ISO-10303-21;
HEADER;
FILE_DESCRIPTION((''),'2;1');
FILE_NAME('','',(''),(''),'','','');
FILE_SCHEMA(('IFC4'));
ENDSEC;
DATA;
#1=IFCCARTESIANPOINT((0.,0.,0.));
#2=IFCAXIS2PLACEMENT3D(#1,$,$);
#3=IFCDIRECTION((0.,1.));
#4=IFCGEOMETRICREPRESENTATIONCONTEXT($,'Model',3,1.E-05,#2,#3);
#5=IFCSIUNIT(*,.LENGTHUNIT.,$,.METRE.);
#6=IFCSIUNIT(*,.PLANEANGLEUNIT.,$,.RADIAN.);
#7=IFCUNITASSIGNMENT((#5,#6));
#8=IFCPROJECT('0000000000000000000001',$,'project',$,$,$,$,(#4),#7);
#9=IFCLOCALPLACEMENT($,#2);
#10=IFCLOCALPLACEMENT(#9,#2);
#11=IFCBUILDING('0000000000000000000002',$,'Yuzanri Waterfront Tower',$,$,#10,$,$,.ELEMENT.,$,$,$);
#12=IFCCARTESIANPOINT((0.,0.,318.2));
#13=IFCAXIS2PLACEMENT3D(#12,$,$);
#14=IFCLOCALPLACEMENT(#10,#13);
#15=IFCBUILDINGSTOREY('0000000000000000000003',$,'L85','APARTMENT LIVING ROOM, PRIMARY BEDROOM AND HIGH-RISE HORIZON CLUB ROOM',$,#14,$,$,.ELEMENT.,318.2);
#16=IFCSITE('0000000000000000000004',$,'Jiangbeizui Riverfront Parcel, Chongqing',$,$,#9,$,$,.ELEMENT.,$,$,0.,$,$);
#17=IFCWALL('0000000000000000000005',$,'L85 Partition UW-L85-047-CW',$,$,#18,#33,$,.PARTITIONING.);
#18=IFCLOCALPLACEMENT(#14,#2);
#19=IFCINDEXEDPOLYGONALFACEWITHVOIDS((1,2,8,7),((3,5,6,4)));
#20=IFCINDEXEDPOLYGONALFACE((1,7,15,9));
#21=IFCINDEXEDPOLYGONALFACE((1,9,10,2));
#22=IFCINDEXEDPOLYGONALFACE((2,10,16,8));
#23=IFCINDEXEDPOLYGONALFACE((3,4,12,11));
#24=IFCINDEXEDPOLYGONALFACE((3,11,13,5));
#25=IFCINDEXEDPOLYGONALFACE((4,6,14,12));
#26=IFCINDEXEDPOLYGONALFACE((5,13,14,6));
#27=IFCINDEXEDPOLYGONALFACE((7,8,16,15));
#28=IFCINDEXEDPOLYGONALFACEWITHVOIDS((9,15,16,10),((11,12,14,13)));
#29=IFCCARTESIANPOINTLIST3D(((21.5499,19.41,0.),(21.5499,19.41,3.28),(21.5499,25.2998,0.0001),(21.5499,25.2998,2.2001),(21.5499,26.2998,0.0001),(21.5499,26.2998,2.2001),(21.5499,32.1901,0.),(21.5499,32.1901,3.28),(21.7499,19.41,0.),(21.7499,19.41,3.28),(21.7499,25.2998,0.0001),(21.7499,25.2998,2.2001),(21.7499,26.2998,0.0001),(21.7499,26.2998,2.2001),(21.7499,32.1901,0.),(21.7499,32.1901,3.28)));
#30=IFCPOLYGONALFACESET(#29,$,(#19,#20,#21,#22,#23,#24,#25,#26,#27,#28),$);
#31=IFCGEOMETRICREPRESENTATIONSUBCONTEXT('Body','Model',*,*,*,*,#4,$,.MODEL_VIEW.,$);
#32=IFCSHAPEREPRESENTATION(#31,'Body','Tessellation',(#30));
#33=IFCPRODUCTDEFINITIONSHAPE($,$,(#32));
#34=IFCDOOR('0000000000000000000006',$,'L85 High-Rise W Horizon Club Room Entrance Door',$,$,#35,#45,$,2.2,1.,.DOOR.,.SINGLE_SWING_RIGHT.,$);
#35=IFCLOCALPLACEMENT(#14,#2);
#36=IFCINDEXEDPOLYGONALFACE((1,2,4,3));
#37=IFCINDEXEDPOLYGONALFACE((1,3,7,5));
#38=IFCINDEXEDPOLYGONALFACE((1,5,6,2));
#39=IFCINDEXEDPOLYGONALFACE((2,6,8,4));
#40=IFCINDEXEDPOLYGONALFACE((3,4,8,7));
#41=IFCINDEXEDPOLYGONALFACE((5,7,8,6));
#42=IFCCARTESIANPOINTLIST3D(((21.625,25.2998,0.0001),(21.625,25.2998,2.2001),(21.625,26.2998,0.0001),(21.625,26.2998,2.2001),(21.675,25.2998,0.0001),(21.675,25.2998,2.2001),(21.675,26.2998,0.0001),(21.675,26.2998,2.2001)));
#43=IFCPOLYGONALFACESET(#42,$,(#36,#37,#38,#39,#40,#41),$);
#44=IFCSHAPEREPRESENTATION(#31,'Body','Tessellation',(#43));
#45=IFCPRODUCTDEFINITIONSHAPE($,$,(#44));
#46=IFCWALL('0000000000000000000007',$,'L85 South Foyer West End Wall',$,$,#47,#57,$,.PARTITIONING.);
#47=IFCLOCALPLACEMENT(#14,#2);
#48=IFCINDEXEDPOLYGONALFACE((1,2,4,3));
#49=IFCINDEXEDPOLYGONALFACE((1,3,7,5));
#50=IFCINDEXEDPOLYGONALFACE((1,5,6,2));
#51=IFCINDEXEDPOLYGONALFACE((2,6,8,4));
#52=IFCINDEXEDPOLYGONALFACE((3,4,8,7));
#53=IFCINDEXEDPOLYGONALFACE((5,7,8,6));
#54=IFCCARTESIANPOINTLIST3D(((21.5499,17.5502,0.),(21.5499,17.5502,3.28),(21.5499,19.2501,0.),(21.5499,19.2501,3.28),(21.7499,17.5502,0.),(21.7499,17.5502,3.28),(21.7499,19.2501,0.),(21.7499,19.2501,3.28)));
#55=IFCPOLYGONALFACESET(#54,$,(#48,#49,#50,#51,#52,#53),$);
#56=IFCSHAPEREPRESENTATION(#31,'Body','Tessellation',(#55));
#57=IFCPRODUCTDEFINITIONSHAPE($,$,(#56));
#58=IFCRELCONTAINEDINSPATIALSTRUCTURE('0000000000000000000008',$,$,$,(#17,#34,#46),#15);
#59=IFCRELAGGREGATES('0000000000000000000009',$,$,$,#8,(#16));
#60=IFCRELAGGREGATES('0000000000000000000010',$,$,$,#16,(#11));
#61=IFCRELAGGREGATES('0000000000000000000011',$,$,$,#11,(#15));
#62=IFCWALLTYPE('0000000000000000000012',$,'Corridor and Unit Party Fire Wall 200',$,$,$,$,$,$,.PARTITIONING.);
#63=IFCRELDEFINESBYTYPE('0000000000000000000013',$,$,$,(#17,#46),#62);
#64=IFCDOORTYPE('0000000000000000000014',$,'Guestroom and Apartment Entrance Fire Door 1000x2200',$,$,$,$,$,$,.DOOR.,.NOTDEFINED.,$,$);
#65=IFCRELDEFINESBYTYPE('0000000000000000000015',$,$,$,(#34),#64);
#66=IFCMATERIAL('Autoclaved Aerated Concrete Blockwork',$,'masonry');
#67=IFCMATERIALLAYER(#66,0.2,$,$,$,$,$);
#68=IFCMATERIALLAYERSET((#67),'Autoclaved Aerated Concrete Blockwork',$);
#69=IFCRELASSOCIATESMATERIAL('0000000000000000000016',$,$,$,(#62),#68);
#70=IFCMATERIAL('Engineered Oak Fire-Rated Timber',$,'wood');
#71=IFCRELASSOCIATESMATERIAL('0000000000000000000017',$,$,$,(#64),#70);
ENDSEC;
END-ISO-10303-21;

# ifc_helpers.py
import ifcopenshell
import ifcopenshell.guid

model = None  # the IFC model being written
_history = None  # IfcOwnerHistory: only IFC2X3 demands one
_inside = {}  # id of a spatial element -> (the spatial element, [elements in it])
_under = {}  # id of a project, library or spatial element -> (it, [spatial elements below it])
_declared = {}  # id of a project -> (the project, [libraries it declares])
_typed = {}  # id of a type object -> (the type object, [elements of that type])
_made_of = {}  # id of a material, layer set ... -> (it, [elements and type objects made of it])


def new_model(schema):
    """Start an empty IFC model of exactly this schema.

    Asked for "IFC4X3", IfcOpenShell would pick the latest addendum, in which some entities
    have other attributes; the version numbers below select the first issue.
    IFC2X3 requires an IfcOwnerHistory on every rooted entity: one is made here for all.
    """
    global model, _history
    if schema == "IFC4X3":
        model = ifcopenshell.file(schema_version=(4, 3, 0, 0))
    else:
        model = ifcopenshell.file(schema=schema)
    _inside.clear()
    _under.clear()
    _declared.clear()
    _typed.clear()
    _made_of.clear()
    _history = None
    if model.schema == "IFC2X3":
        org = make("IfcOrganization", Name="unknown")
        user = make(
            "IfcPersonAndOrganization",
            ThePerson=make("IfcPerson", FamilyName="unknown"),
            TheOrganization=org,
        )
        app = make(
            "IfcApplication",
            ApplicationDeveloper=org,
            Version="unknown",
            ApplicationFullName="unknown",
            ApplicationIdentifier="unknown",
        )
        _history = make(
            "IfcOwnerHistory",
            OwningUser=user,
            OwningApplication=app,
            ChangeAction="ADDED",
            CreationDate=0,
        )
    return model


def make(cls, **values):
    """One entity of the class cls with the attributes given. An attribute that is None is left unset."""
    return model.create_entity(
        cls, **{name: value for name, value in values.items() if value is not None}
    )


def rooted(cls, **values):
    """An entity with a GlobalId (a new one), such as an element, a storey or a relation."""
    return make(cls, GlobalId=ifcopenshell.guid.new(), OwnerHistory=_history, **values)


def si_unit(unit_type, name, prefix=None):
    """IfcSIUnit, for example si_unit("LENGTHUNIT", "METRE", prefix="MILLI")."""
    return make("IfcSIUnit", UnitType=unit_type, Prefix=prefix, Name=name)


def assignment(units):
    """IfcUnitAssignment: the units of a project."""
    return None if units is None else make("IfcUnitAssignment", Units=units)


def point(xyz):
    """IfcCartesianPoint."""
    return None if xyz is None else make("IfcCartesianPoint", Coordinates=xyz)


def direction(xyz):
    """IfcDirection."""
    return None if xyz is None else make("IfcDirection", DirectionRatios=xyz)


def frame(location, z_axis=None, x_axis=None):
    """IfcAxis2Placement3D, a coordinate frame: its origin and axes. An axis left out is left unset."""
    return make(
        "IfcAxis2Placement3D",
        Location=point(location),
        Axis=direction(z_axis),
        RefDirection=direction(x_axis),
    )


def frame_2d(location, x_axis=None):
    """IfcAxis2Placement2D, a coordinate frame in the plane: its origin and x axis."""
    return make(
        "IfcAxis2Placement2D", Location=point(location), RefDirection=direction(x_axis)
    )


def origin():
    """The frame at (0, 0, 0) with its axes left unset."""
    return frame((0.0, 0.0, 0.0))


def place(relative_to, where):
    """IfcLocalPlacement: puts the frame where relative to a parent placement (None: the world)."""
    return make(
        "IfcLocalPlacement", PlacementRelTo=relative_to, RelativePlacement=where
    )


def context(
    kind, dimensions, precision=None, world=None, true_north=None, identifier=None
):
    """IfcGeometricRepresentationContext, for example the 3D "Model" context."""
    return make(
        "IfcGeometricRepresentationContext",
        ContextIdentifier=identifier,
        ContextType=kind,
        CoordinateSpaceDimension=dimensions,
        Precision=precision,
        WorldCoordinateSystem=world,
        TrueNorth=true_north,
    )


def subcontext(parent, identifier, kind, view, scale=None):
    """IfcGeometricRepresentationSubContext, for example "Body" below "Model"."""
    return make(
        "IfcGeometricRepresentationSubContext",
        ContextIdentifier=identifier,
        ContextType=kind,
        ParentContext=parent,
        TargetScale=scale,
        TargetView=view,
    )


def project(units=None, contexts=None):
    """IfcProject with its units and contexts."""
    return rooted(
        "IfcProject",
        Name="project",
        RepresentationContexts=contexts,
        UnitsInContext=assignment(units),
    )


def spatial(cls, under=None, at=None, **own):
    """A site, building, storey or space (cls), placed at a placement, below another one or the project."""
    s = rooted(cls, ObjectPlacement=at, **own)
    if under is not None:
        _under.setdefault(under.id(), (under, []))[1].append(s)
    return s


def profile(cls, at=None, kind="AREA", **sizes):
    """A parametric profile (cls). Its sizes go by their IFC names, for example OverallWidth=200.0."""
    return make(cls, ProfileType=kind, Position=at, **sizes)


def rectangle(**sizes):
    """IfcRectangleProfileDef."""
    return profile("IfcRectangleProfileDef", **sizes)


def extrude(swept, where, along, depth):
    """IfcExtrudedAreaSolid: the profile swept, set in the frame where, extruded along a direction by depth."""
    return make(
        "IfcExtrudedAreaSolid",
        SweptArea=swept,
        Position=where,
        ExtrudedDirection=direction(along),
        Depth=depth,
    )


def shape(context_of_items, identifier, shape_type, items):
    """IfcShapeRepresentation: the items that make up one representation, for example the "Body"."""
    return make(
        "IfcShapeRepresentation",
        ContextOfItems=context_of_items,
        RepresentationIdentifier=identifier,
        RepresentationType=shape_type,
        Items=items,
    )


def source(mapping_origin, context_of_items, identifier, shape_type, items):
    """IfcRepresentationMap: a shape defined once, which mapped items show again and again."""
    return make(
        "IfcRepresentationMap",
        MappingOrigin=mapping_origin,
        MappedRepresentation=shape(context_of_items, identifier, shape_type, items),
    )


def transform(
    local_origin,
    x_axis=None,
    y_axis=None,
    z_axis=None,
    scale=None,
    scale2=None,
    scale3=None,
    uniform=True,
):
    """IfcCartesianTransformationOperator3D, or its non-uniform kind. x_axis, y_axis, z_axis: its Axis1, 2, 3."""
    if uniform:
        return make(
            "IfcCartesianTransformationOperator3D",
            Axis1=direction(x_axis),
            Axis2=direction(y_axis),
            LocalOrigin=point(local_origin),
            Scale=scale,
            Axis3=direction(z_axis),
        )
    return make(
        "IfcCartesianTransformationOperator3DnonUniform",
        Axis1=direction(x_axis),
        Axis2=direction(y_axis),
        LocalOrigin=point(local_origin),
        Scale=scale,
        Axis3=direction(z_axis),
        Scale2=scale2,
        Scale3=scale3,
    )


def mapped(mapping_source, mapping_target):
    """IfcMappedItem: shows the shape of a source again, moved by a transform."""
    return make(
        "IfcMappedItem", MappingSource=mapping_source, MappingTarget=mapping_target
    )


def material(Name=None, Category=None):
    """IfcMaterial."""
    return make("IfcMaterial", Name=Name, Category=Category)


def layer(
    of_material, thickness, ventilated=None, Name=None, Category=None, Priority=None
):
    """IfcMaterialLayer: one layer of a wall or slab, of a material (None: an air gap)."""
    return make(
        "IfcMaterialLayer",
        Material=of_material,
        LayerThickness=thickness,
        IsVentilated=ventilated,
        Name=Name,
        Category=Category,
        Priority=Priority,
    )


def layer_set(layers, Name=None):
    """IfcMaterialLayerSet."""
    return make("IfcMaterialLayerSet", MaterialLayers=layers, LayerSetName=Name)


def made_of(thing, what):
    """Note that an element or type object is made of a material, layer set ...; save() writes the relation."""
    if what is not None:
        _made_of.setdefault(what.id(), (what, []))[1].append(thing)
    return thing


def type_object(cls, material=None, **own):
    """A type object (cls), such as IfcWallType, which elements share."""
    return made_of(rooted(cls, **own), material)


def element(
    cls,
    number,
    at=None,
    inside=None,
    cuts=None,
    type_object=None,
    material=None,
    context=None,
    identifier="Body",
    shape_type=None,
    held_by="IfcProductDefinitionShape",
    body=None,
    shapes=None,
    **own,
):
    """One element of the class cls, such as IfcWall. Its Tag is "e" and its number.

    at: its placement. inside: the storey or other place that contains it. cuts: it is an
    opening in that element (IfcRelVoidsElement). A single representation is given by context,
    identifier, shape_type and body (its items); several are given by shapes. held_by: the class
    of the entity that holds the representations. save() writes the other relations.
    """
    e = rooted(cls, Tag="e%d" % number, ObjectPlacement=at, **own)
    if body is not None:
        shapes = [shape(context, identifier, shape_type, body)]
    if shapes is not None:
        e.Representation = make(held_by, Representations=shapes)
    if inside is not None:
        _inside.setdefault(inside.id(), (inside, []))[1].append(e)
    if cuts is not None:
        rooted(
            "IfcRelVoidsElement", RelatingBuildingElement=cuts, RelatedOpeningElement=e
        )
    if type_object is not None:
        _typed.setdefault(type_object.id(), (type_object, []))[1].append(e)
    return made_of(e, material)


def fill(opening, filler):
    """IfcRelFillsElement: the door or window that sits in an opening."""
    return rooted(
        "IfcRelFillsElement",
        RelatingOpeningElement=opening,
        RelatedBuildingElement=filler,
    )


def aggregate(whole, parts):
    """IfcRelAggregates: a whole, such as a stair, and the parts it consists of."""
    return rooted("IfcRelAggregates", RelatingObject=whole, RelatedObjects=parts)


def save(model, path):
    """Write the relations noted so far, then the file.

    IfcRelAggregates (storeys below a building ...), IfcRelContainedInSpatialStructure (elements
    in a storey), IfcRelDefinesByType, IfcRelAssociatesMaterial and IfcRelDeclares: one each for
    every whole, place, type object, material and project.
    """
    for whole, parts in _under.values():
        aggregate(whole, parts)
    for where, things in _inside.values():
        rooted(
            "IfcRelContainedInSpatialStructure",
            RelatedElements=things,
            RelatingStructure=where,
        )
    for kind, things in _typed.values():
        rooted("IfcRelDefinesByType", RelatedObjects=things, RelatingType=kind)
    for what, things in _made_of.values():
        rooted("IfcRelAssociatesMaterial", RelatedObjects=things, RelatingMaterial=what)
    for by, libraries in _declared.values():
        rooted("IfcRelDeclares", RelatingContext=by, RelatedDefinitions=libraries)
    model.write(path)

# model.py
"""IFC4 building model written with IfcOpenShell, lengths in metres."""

from ifc_helpers import new_model, si_unit, direction, frame, frame_2d, origin, place, context, subcontext, project, spatial, rectangle, extrude, source, transform, mapped, material, layer, layer_set, type_object, element, fill, save


model = new_model("IFC4")

# Units and contexts
model_context = context("Model", 3, precision=1e-05, world=origin(), true_north=direction((0.0, 1.0)))
body_context = subcontext(model_context, "Body", "Model", "MODEL_VIEW")
ifc_project = project(units=[si_unit("LENGTHUNIT", "METRE"), si_unit("PLANEANGLEUNIT", "RADIAN")], contexts=[model_context])

# Site, building, storey
site_placement = place(None, origin())
site = spatial("IfcSite", under=ifc_project, at=site_placement, Name="Jiangbeizui Riverfront Parcel, Chongqing", CompositionType="ELEMENT", RefElevation=0.0)
building_placement = place(site_placement, origin())
building = spatial("IfcBuilding", under=site, at=building_placement, Name="Yuzanri Waterfront Tower", CompositionType="ELEMENT")
storey_placement = place(building_placement, frame((0.0, 0.0, 318.2)))
storey = spatial("IfcBuildingStorey", under=building, at=storey_placement, Name="L85", Description="APARTMENT LIVING ROOM, PRIMARY BEDROOM AND HIGH-RISE HORIZON CLUB ROOM", CompositionType="ELEMENT", Elevation=318.2)

# Wall, opening, door
ifc_material_1 = material(Name="Autoclaved Aerated Concrete Blockwork", Category="masonry")
ifc_layer_1 = layer(ifc_material_1, 0.2)
ifc_layer_set_1 = layer_set([ifc_layer_1], Name="Autoclaved Aerated Concrete Blockwork")
wall_type_1 = type_object("IfcWallType", Name="Corridor and Unit Party Fire Wall 200", PredefinedType="PARTITIONING", material=ifc_layer_set_1)
ifc_material_2 = material(Name="Engineered Oak Fire-Rated Timber", Category="wood")
door_type_1 = type_object("IfcDoorType", Name="Guestroom and Apartment Entrance Fire Door 1000x2200", OperationType="NOTDEFINED", PredefinedType="DOOR", material=ifc_material_2)
shared_shape_1 = source(origin(), body_context, "Body", "SweptSolid", [
    extrude(rectangle(XDim=1.0, YDim=2.2, at=frame_2d((0.5, 1.1001))), frame((0.0, 0.0249, 0.0), z_axis=(0.0, -1.0, 0.0), x_axis=(1.0, 0.0, 0.0)), (0.0, 0.0, 1.0), 0.05),
])
wall_1_placement = place(storey_placement, frame((21.6499, 19.4099, 0.0), z_axis=(0.0, 0.0, 1.0), x_axis=(0.0, 1.0, 0.0)))
wall_1 = element("IfcWall", 1, at=wall_1_placement, inside=storey, type_object=wall_type_1, Name="L85 Partition UW-L85-047-CW", PredefinedType="PARTITIONING", context=body_context, shape_type="SweptSolid", body=[
    extrude(rectangle(XDim=12.78, YDim=0.2, at=frame_2d((6.3901, 0.0))), origin(), (0.0, 0.0, 1.0), 3.28),
])
opening_1_placement = place(wall_1_placement, frame((5.8899, 0.0, 0.0)))
opening_1 = element("IfcOpeningElement", 2, at=opening_1_placement, cuts=wall_1, PredefinedType="OPENING", context=body_context, shape_type="SweptSolid", body=[
    extrude(rectangle(XDim=1.0, YDim=2.2, at=frame_2d((0.5, 1.1001))), frame((0.0, 0.1147, 0.0), z_axis=(0.0, -1.0, 0.0), x_axis=(1.0, 0.0, 0.0)), (0.0, 0.0, 1.0), 0.2297),
])
door_1_placement = place(opening_1_placement, origin())
door_1 = element("IfcDoor", 3, at=door_1_placement, inside=storey, type_object=door_type_1, Name="L85 High-Rise W Horizon Club Room Entrance Door", OperationType="SINGLE_SWING_RIGHT", OverallHeight=2.2, OverallWidth=1.0, PredefinedType="DOOR", context=body_context, shape_type="MappedRepresentation", body=[
    mapped(shared_shape_1, transform((0.0, 0.0, 0.0), scale=1.0)),
])
fill(opening_1, door_1)

# Wall
shared_shape_2 = source(origin(), body_context, "Body", "SweptSolid", [
    extrude(rectangle(XDim=1.7, YDim=0.2, at=frame_2d((0.8501, 0.0))), origin(), (0.0, 0.0, 1.0), 3.28),
])
wall_2_placement = place(storey_placement, frame((21.6499, 17.55, 0.0), z_axis=(0.0, 0.0, 1.0), x_axis=(0.0, 1.0, 0.0)))
element("IfcWall", 4, at=wall_2_placement, inside=storey, type_object=wall_type_1, Name="L85 South Foyer West End Wall", PredefinedType="PARTITIONING", context=body_context, shape_type="MappedRepresentation", body=[
    mapped(shared_shape_2, transform((0.0, 0.0, 0.0), scale=1.0)),
])

save(model, "model.ifc")
